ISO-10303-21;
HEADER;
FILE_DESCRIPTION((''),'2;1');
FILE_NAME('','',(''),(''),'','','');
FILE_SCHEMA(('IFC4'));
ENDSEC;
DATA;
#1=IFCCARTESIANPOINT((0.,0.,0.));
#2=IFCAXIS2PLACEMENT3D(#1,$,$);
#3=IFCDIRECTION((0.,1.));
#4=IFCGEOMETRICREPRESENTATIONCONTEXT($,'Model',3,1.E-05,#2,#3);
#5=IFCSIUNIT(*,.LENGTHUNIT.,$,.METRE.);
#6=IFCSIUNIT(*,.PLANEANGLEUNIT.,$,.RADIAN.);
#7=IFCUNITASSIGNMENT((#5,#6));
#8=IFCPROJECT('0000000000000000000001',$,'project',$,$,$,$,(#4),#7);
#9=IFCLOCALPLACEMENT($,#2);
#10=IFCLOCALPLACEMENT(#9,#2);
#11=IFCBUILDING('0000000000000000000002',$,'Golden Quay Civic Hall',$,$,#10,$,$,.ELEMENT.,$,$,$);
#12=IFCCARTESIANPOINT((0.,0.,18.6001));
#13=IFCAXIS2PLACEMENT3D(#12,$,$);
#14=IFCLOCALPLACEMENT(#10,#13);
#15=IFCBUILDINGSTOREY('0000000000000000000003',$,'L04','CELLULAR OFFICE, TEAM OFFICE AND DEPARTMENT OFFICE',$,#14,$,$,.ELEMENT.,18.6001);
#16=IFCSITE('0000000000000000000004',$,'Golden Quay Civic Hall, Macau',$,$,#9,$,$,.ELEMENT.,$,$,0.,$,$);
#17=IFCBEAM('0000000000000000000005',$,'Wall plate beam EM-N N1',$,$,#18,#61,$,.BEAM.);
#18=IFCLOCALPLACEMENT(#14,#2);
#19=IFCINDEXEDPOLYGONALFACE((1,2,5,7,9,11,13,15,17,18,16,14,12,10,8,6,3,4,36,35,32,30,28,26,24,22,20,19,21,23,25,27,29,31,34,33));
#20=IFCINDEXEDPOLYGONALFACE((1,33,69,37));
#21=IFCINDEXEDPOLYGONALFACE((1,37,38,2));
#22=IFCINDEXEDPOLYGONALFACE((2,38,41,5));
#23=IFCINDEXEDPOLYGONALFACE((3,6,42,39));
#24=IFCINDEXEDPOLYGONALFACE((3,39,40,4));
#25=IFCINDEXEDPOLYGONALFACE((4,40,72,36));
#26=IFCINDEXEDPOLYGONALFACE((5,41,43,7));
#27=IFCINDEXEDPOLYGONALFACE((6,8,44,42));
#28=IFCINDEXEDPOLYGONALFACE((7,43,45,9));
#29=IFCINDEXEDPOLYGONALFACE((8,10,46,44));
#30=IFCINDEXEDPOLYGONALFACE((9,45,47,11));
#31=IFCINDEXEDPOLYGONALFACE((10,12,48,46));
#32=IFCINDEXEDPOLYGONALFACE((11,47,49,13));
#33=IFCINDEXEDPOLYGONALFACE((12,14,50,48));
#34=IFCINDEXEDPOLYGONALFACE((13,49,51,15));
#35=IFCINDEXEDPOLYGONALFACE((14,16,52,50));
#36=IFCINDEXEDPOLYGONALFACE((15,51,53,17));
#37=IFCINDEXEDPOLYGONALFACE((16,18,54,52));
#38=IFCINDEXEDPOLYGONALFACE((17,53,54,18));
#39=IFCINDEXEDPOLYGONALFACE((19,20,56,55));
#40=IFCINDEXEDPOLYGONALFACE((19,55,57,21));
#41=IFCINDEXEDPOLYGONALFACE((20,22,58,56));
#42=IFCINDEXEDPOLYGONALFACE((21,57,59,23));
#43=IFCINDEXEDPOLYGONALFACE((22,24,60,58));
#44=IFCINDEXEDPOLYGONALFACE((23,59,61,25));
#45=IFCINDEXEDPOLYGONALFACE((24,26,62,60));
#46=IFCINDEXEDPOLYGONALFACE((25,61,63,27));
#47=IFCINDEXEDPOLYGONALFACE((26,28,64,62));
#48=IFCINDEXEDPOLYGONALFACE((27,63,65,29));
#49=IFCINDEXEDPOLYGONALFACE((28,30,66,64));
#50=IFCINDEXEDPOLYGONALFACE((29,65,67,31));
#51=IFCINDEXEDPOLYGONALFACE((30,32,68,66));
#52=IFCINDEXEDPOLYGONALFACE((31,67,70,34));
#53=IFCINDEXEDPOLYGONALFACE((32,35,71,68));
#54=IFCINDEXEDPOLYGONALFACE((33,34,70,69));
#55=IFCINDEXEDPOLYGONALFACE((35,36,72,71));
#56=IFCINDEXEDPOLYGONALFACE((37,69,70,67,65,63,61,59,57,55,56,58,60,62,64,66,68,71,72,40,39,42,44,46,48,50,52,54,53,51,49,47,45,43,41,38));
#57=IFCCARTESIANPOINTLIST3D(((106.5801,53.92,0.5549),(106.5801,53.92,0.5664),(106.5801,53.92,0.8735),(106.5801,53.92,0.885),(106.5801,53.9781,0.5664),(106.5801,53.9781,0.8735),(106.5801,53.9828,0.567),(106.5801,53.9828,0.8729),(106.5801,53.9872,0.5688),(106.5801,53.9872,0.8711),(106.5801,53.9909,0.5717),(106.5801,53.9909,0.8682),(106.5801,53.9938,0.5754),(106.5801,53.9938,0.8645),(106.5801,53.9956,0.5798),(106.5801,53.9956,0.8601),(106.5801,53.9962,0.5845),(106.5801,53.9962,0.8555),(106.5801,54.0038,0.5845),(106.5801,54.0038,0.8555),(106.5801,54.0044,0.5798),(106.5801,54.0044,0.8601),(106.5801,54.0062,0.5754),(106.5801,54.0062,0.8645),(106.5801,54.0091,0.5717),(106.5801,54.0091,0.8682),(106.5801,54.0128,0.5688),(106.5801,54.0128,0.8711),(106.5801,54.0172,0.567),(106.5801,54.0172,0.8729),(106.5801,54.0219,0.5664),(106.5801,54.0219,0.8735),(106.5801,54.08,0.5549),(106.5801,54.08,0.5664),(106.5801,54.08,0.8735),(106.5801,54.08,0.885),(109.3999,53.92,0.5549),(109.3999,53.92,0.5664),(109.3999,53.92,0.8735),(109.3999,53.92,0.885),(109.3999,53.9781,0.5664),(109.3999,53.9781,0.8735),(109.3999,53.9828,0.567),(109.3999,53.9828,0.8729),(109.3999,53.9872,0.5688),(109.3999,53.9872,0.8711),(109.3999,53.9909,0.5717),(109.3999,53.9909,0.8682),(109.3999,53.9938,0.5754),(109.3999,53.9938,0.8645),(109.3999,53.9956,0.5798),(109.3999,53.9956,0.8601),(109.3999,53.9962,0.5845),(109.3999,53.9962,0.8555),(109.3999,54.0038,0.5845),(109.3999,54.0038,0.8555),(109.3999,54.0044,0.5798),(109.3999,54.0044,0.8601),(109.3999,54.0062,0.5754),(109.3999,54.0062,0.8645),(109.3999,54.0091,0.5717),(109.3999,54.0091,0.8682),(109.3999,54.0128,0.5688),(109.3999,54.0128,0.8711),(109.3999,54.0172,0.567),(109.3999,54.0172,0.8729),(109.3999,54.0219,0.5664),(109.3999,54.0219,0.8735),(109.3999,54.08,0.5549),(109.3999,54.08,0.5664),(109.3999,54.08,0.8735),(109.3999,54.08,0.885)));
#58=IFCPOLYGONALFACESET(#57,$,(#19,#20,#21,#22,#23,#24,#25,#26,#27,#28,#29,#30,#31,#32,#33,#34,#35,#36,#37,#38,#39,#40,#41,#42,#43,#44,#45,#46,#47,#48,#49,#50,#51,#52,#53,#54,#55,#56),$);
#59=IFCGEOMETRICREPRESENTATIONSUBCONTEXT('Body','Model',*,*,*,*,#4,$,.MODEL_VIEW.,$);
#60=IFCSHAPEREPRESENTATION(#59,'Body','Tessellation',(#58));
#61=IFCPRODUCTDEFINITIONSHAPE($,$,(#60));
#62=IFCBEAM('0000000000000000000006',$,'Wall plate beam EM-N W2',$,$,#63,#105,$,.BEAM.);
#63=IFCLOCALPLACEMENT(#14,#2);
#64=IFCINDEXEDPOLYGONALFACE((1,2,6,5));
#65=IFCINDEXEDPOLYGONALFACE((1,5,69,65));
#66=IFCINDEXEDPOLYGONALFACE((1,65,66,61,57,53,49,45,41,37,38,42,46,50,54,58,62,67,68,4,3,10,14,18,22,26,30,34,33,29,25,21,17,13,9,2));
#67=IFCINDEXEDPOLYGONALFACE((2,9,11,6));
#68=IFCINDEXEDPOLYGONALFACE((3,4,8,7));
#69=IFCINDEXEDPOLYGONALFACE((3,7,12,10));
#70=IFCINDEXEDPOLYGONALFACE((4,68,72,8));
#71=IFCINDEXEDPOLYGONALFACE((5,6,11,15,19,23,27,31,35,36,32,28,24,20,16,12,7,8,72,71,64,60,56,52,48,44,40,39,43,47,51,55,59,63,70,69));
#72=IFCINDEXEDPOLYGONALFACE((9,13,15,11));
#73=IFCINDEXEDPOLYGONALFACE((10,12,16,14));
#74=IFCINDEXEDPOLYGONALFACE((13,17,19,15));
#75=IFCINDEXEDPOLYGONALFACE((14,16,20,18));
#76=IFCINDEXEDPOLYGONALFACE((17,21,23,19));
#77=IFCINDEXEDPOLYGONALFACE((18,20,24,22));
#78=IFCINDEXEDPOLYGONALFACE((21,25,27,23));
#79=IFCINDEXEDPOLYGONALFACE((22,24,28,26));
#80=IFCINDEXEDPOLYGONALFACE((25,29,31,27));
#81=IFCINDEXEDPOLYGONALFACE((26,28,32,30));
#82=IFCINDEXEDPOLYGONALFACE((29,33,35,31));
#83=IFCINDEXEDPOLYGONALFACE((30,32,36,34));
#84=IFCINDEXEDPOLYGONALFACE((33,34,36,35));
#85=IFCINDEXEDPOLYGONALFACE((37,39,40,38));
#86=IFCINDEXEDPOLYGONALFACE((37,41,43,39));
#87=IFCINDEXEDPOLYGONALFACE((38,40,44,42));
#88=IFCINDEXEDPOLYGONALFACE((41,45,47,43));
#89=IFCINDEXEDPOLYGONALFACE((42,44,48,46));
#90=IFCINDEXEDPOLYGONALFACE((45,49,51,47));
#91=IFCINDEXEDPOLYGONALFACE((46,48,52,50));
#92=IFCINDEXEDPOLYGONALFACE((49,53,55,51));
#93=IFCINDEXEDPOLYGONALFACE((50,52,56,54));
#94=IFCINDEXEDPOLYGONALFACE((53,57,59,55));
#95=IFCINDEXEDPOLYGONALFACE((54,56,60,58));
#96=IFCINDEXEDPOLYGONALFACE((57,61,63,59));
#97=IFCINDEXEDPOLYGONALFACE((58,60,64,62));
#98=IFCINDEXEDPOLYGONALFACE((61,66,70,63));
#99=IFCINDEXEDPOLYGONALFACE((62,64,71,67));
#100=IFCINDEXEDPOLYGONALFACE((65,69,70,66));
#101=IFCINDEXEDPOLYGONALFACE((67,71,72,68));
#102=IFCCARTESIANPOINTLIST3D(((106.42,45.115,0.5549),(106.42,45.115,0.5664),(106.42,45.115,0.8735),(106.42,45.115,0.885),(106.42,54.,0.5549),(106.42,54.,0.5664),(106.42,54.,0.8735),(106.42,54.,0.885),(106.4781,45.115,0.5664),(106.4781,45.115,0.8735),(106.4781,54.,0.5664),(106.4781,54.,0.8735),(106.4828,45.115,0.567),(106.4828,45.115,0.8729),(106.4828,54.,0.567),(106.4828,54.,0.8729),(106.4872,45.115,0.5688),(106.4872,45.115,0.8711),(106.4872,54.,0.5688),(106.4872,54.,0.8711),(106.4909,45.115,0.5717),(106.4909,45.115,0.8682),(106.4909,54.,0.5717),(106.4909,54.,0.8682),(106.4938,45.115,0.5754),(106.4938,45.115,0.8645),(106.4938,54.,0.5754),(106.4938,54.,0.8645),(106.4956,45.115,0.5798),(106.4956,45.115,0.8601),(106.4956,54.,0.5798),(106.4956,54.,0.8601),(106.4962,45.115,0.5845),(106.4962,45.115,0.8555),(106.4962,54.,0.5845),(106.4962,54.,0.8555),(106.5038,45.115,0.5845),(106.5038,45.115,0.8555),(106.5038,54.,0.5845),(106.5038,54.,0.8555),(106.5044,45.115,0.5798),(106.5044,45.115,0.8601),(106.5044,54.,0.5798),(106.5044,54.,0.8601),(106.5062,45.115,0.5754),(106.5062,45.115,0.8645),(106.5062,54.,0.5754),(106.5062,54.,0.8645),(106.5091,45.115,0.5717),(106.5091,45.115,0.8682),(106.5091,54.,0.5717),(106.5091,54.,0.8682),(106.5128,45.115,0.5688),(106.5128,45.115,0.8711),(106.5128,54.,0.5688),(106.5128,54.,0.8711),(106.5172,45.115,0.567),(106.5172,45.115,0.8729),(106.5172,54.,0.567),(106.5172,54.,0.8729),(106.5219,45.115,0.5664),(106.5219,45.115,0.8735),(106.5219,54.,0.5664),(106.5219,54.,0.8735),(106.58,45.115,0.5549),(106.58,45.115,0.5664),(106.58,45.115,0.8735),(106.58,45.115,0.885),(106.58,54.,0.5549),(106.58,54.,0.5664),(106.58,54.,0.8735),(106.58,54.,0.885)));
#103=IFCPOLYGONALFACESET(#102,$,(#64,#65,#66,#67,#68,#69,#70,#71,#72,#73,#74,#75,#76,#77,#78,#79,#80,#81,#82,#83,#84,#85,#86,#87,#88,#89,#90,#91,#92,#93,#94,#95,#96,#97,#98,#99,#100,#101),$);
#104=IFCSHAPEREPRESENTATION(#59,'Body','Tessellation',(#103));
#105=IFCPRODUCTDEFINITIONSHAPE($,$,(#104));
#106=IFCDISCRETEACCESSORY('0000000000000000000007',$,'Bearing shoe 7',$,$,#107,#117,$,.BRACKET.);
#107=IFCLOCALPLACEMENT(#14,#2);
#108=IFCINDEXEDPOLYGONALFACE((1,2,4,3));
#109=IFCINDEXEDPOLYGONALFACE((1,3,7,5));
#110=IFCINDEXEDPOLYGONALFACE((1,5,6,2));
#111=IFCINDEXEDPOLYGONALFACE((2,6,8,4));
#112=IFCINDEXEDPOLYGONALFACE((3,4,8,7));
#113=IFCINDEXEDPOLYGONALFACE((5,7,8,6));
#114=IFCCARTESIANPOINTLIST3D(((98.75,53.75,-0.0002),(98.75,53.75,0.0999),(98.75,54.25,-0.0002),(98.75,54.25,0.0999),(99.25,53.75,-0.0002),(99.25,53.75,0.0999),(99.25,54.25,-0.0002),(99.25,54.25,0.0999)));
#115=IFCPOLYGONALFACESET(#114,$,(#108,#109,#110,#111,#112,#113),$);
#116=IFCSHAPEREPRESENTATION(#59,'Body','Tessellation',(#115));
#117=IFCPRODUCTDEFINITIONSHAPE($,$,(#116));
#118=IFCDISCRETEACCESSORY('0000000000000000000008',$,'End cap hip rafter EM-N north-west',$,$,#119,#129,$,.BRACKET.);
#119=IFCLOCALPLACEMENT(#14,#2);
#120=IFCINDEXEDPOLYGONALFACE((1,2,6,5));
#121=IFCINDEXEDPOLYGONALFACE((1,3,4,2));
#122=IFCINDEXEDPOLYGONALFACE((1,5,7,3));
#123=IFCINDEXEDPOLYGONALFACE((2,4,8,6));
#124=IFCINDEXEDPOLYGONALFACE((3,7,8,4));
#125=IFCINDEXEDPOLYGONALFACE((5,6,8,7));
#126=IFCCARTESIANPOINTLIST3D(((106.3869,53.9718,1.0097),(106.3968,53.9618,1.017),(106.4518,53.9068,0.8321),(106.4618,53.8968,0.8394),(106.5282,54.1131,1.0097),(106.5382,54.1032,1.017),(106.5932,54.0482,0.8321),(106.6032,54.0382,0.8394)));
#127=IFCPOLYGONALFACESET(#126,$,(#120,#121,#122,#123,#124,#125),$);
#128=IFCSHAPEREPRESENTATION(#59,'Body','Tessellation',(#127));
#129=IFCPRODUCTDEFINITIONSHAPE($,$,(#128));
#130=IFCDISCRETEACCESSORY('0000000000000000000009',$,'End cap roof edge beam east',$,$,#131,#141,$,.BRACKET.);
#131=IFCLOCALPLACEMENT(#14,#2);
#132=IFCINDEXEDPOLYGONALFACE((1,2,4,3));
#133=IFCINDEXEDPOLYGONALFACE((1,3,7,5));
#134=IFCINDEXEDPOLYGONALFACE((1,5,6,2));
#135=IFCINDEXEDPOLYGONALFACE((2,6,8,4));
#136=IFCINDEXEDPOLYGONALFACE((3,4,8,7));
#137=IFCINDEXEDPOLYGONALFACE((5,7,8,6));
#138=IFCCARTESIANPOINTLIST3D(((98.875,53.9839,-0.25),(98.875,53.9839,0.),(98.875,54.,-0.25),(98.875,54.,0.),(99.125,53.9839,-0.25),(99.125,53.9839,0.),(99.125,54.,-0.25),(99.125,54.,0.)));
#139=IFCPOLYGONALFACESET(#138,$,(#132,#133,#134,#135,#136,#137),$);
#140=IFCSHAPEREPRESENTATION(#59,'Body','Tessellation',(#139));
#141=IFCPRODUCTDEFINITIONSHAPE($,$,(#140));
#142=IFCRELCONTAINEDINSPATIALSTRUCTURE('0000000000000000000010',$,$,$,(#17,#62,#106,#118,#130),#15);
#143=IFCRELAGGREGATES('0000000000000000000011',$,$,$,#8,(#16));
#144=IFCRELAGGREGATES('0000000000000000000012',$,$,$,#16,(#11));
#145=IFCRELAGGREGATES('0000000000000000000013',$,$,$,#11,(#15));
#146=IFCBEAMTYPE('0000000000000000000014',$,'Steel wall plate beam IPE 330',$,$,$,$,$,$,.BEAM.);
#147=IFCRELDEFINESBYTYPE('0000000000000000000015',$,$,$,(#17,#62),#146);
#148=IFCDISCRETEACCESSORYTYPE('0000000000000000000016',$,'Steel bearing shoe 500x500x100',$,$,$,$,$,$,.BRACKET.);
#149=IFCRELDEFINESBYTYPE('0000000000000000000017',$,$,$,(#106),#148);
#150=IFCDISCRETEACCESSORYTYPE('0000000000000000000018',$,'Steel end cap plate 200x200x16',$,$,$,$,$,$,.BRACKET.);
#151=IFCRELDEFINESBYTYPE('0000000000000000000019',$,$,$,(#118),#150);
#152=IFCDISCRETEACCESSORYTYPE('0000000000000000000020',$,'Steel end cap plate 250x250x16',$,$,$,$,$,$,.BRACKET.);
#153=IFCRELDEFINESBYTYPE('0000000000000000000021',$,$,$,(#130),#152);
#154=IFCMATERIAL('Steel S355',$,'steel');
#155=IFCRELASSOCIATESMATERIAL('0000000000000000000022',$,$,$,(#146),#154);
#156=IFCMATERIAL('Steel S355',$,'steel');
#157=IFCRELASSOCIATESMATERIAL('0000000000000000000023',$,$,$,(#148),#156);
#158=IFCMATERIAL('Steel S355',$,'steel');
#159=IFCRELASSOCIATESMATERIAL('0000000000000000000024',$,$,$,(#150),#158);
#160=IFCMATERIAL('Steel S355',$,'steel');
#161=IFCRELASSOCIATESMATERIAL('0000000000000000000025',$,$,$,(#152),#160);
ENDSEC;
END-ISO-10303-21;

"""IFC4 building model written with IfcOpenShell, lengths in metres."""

from ifc_helpers import new_model, si_unit, direction, frame, origin, origin_2d, place, context, subcontext, project, spatial, rectangle, i_section, extrude, material, material_profile, profile_set, type_object, element, save


model = new_model("IFC4")

# Units and contexts
model_context = context("Model", 3, precision=1e-05, world=origin(), true_north=direction((0.0, 1.0)))
body_context = subcontext(model_context, "Body", "Model", "MODEL_VIEW")
ifc_project = project(units=[si_unit("LENGTHUNIT", "METRE"), si_unit("PLANEANGLEUNIT", "RADIAN")], contexts=[model_context])

# Site, building, storey
site_placement = place(None, origin())
site = spatial("IfcSite", under=ifc_project, at=site_placement, Name="Golden Quay Civic Hall, Macau", CompositionType="ELEMENT", RefElevation=0.0)
building_placement = place(site_placement, origin())
building = spatial("IfcBuilding", under=site, at=building_placement, Name="Golden Quay Civic Hall", CompositionType="ELEMENT")
storey_placement = place(building_placement, frame((0.0, 0.0, 18.6001)))
storey = spatial("IfcBuildingStorey", under=building, at=storey_placement, Name="L04", Description="CELLULAR OFFICE, TEAM OFFICE AND DEPARTMENT OFFICE", CompositionType="ELEMENT", Elevation=18.6001)

# Beams
ifc_material_1 = material(Name="Steel S355", Category="steel")
ifc_material_profile_1 = material_profile(ifc_material_1, i_section(OverallWidth=0.1599, OverallDepth=0.3301, WebThickness=0.0076, FlangeThickness=0.0115, FilletRadius=0.0181, at=origin_2d()), Name="IPE 330")
ifc_profile_set_1 = profile_set([ifc_material_profile_1], Name="Steel S355")
beam_type_1 = type_object("IfcBeamType", Name="Steel wall plate beam IPE 330", PredefinedType="BEAM", material=ifc_profile_set_1)
beam_1_placement = place(storey_placement, frame((106.5801, 54.0, 0.72), z_axis=(1.0, 0.0, 0.0), x_axis=(0.0, 1.0, 0.0)))
element("IfcBeam", 1, at=beam_1_placement, inside=storey, type_object=beam_type_1, Name="Wall plate beam EM-N N1", PredefinedType="BEAM", context=body_context, shape_type="SweptSolid", body=[
    extrude(i_section(OverallWidth=0.1599, OverallDepth=0.3301, WebThickness=0.0076, FlangeThickness=0.0115, FilletRadius=0.0181, at=origin_2d()), origin(), (0.0, 0.0, 1.0), 2.8198),
])
beam_2_placement = place(storey_placement, frame((106.5, 45.115, 0.72), z_axis=(0.0, 1.0, 0.0), x_axis=(-1.0, 0.0, 0.0)))
element("IfcBeam", 2, at=beam_2_placement, inside=storey, type_object=beam_type_1, Name="Wall plate beam EM-N W2", PredefinedType="BEAM", context=body_context, shape_type="SweptSolid", body=[
    extrude(i_section(OverallWidth=0.1599, OverallDepth=0.3301, WebThickness=0.0076, FlangeThickness=0.0115, FilletRadius=0.0181, at=origin_2d()), origin(), (0.0, 0.0, 1.0), 8.885),
])

# Discrete accessories
ifc_material_2 = material(Name="Steel S355", Category="steel")
discrete_accessory_type_1 = type_object("IfcDiscreteAccessoryType", Name="Steel bearing shoe 500x500x100", PredefinedType="BRACKET", material=ifc_material_2)
discrete_accessory_1_placement = place(storey_placement, frame((99.0, 54.0, -0.0002), z_axis=(0.0, 0.0, 1.0), x_axis=(1.0, 0.0, 0.0)))
element("IfcDiscreteAccessory", 3, at=discrete_accessory_1_placement, inside=storey, type_object=discrete_accessory_type_1, Name="Bearing shoe 7", PredefinedType="BRACKET", context=body_context, shape_type="SweptSolid", body=[
    extrude(rectangle(XDim=0.5, YDim=0.5, at=origin_2d()), origin(), (0.0, 0.0, 1.0), 0.1001),
])
ifc_material_3 = material(Name="Steel S355", Category="steel")
ifc_material_profile_2 = material_profile(ifc_material_3, rectangle(XDim=0.2, YDim=0.2, at=origin_2d()), Name="Steel end cap plate 200x200x16")
ifc_profile_set_2 = profile_set([ifc_material_profile_2], Name="Steel S355")
discrete_accessory_type_2 = type_object("IfcDiscreteAccessoryType", Name="Steel end cap plate 200x200x16", PredefinedType="BRACKET", material=ifc_profile_set_2)
discrete_accessory_2_placement = place(storey_placement, frame((106.5, 54.0, 0.9282), z_axis=(-0.628025, 0.628025, -0.459531), x_axis=(-0.707107, -0.707107, 0.0)))
element("IfcDiscreteAccessory", 4, at=discrete_accessory_2_placement, inside=storey, type_object=discrete_accessory_type_2, Name="End cap hip rafter EM-N north-west", PredefinedType="BRACKET", context=body_context, shape_type="SweptSolid", body=[
    extrude(rectangle(XDim=0.2, YDim=0.2, at=origin_2d()), origin(), (0.0, 0.0, 1.0), 0.0159),
])
ifc_material_4 = material(Name="Steel S355", Category="steel")
ifc_material_profile_3 = material_profile(ifc_material_4, rectangle(XDim=0.25, YDim=0.25, at=origin_2d()), Name="Steel end cap plate 250x250x16")
ifc_profile_set_3 = profile_set([ifc_material_profile_3], Name="Steel S355")
discrete_accessory_type_3 = type_object("IfcDiscreteAccessoryType", Name="Steel end cap plate 250x250x16", PredefinedType="BRACKET", material=ifc_profile_set_3)
discrete_accessory_3_placement = place(storey_placement, frame((99.0, 53.9839, -0.125), z_axis=(0.0, 1.0, 0.0), x_axis=(-1.0, 0.0, 0.0)))
element("IfcDiscreteAccessory", 5, at=discrete_accessory_3_placement, inside=storey, type_object=discrete_accessory_type_3, Name="End cap roof edge beam east", PredefinedType="BRACKET", context=body_context, shape_type="SweptSolid", body=[
    extrude(rectangle(XDim=0.25, YDim=0.25, at=origin_2d()), origin(), (0.0, 0.0, 1.0), 0.0161),
])

save(model, "model.ifc")
